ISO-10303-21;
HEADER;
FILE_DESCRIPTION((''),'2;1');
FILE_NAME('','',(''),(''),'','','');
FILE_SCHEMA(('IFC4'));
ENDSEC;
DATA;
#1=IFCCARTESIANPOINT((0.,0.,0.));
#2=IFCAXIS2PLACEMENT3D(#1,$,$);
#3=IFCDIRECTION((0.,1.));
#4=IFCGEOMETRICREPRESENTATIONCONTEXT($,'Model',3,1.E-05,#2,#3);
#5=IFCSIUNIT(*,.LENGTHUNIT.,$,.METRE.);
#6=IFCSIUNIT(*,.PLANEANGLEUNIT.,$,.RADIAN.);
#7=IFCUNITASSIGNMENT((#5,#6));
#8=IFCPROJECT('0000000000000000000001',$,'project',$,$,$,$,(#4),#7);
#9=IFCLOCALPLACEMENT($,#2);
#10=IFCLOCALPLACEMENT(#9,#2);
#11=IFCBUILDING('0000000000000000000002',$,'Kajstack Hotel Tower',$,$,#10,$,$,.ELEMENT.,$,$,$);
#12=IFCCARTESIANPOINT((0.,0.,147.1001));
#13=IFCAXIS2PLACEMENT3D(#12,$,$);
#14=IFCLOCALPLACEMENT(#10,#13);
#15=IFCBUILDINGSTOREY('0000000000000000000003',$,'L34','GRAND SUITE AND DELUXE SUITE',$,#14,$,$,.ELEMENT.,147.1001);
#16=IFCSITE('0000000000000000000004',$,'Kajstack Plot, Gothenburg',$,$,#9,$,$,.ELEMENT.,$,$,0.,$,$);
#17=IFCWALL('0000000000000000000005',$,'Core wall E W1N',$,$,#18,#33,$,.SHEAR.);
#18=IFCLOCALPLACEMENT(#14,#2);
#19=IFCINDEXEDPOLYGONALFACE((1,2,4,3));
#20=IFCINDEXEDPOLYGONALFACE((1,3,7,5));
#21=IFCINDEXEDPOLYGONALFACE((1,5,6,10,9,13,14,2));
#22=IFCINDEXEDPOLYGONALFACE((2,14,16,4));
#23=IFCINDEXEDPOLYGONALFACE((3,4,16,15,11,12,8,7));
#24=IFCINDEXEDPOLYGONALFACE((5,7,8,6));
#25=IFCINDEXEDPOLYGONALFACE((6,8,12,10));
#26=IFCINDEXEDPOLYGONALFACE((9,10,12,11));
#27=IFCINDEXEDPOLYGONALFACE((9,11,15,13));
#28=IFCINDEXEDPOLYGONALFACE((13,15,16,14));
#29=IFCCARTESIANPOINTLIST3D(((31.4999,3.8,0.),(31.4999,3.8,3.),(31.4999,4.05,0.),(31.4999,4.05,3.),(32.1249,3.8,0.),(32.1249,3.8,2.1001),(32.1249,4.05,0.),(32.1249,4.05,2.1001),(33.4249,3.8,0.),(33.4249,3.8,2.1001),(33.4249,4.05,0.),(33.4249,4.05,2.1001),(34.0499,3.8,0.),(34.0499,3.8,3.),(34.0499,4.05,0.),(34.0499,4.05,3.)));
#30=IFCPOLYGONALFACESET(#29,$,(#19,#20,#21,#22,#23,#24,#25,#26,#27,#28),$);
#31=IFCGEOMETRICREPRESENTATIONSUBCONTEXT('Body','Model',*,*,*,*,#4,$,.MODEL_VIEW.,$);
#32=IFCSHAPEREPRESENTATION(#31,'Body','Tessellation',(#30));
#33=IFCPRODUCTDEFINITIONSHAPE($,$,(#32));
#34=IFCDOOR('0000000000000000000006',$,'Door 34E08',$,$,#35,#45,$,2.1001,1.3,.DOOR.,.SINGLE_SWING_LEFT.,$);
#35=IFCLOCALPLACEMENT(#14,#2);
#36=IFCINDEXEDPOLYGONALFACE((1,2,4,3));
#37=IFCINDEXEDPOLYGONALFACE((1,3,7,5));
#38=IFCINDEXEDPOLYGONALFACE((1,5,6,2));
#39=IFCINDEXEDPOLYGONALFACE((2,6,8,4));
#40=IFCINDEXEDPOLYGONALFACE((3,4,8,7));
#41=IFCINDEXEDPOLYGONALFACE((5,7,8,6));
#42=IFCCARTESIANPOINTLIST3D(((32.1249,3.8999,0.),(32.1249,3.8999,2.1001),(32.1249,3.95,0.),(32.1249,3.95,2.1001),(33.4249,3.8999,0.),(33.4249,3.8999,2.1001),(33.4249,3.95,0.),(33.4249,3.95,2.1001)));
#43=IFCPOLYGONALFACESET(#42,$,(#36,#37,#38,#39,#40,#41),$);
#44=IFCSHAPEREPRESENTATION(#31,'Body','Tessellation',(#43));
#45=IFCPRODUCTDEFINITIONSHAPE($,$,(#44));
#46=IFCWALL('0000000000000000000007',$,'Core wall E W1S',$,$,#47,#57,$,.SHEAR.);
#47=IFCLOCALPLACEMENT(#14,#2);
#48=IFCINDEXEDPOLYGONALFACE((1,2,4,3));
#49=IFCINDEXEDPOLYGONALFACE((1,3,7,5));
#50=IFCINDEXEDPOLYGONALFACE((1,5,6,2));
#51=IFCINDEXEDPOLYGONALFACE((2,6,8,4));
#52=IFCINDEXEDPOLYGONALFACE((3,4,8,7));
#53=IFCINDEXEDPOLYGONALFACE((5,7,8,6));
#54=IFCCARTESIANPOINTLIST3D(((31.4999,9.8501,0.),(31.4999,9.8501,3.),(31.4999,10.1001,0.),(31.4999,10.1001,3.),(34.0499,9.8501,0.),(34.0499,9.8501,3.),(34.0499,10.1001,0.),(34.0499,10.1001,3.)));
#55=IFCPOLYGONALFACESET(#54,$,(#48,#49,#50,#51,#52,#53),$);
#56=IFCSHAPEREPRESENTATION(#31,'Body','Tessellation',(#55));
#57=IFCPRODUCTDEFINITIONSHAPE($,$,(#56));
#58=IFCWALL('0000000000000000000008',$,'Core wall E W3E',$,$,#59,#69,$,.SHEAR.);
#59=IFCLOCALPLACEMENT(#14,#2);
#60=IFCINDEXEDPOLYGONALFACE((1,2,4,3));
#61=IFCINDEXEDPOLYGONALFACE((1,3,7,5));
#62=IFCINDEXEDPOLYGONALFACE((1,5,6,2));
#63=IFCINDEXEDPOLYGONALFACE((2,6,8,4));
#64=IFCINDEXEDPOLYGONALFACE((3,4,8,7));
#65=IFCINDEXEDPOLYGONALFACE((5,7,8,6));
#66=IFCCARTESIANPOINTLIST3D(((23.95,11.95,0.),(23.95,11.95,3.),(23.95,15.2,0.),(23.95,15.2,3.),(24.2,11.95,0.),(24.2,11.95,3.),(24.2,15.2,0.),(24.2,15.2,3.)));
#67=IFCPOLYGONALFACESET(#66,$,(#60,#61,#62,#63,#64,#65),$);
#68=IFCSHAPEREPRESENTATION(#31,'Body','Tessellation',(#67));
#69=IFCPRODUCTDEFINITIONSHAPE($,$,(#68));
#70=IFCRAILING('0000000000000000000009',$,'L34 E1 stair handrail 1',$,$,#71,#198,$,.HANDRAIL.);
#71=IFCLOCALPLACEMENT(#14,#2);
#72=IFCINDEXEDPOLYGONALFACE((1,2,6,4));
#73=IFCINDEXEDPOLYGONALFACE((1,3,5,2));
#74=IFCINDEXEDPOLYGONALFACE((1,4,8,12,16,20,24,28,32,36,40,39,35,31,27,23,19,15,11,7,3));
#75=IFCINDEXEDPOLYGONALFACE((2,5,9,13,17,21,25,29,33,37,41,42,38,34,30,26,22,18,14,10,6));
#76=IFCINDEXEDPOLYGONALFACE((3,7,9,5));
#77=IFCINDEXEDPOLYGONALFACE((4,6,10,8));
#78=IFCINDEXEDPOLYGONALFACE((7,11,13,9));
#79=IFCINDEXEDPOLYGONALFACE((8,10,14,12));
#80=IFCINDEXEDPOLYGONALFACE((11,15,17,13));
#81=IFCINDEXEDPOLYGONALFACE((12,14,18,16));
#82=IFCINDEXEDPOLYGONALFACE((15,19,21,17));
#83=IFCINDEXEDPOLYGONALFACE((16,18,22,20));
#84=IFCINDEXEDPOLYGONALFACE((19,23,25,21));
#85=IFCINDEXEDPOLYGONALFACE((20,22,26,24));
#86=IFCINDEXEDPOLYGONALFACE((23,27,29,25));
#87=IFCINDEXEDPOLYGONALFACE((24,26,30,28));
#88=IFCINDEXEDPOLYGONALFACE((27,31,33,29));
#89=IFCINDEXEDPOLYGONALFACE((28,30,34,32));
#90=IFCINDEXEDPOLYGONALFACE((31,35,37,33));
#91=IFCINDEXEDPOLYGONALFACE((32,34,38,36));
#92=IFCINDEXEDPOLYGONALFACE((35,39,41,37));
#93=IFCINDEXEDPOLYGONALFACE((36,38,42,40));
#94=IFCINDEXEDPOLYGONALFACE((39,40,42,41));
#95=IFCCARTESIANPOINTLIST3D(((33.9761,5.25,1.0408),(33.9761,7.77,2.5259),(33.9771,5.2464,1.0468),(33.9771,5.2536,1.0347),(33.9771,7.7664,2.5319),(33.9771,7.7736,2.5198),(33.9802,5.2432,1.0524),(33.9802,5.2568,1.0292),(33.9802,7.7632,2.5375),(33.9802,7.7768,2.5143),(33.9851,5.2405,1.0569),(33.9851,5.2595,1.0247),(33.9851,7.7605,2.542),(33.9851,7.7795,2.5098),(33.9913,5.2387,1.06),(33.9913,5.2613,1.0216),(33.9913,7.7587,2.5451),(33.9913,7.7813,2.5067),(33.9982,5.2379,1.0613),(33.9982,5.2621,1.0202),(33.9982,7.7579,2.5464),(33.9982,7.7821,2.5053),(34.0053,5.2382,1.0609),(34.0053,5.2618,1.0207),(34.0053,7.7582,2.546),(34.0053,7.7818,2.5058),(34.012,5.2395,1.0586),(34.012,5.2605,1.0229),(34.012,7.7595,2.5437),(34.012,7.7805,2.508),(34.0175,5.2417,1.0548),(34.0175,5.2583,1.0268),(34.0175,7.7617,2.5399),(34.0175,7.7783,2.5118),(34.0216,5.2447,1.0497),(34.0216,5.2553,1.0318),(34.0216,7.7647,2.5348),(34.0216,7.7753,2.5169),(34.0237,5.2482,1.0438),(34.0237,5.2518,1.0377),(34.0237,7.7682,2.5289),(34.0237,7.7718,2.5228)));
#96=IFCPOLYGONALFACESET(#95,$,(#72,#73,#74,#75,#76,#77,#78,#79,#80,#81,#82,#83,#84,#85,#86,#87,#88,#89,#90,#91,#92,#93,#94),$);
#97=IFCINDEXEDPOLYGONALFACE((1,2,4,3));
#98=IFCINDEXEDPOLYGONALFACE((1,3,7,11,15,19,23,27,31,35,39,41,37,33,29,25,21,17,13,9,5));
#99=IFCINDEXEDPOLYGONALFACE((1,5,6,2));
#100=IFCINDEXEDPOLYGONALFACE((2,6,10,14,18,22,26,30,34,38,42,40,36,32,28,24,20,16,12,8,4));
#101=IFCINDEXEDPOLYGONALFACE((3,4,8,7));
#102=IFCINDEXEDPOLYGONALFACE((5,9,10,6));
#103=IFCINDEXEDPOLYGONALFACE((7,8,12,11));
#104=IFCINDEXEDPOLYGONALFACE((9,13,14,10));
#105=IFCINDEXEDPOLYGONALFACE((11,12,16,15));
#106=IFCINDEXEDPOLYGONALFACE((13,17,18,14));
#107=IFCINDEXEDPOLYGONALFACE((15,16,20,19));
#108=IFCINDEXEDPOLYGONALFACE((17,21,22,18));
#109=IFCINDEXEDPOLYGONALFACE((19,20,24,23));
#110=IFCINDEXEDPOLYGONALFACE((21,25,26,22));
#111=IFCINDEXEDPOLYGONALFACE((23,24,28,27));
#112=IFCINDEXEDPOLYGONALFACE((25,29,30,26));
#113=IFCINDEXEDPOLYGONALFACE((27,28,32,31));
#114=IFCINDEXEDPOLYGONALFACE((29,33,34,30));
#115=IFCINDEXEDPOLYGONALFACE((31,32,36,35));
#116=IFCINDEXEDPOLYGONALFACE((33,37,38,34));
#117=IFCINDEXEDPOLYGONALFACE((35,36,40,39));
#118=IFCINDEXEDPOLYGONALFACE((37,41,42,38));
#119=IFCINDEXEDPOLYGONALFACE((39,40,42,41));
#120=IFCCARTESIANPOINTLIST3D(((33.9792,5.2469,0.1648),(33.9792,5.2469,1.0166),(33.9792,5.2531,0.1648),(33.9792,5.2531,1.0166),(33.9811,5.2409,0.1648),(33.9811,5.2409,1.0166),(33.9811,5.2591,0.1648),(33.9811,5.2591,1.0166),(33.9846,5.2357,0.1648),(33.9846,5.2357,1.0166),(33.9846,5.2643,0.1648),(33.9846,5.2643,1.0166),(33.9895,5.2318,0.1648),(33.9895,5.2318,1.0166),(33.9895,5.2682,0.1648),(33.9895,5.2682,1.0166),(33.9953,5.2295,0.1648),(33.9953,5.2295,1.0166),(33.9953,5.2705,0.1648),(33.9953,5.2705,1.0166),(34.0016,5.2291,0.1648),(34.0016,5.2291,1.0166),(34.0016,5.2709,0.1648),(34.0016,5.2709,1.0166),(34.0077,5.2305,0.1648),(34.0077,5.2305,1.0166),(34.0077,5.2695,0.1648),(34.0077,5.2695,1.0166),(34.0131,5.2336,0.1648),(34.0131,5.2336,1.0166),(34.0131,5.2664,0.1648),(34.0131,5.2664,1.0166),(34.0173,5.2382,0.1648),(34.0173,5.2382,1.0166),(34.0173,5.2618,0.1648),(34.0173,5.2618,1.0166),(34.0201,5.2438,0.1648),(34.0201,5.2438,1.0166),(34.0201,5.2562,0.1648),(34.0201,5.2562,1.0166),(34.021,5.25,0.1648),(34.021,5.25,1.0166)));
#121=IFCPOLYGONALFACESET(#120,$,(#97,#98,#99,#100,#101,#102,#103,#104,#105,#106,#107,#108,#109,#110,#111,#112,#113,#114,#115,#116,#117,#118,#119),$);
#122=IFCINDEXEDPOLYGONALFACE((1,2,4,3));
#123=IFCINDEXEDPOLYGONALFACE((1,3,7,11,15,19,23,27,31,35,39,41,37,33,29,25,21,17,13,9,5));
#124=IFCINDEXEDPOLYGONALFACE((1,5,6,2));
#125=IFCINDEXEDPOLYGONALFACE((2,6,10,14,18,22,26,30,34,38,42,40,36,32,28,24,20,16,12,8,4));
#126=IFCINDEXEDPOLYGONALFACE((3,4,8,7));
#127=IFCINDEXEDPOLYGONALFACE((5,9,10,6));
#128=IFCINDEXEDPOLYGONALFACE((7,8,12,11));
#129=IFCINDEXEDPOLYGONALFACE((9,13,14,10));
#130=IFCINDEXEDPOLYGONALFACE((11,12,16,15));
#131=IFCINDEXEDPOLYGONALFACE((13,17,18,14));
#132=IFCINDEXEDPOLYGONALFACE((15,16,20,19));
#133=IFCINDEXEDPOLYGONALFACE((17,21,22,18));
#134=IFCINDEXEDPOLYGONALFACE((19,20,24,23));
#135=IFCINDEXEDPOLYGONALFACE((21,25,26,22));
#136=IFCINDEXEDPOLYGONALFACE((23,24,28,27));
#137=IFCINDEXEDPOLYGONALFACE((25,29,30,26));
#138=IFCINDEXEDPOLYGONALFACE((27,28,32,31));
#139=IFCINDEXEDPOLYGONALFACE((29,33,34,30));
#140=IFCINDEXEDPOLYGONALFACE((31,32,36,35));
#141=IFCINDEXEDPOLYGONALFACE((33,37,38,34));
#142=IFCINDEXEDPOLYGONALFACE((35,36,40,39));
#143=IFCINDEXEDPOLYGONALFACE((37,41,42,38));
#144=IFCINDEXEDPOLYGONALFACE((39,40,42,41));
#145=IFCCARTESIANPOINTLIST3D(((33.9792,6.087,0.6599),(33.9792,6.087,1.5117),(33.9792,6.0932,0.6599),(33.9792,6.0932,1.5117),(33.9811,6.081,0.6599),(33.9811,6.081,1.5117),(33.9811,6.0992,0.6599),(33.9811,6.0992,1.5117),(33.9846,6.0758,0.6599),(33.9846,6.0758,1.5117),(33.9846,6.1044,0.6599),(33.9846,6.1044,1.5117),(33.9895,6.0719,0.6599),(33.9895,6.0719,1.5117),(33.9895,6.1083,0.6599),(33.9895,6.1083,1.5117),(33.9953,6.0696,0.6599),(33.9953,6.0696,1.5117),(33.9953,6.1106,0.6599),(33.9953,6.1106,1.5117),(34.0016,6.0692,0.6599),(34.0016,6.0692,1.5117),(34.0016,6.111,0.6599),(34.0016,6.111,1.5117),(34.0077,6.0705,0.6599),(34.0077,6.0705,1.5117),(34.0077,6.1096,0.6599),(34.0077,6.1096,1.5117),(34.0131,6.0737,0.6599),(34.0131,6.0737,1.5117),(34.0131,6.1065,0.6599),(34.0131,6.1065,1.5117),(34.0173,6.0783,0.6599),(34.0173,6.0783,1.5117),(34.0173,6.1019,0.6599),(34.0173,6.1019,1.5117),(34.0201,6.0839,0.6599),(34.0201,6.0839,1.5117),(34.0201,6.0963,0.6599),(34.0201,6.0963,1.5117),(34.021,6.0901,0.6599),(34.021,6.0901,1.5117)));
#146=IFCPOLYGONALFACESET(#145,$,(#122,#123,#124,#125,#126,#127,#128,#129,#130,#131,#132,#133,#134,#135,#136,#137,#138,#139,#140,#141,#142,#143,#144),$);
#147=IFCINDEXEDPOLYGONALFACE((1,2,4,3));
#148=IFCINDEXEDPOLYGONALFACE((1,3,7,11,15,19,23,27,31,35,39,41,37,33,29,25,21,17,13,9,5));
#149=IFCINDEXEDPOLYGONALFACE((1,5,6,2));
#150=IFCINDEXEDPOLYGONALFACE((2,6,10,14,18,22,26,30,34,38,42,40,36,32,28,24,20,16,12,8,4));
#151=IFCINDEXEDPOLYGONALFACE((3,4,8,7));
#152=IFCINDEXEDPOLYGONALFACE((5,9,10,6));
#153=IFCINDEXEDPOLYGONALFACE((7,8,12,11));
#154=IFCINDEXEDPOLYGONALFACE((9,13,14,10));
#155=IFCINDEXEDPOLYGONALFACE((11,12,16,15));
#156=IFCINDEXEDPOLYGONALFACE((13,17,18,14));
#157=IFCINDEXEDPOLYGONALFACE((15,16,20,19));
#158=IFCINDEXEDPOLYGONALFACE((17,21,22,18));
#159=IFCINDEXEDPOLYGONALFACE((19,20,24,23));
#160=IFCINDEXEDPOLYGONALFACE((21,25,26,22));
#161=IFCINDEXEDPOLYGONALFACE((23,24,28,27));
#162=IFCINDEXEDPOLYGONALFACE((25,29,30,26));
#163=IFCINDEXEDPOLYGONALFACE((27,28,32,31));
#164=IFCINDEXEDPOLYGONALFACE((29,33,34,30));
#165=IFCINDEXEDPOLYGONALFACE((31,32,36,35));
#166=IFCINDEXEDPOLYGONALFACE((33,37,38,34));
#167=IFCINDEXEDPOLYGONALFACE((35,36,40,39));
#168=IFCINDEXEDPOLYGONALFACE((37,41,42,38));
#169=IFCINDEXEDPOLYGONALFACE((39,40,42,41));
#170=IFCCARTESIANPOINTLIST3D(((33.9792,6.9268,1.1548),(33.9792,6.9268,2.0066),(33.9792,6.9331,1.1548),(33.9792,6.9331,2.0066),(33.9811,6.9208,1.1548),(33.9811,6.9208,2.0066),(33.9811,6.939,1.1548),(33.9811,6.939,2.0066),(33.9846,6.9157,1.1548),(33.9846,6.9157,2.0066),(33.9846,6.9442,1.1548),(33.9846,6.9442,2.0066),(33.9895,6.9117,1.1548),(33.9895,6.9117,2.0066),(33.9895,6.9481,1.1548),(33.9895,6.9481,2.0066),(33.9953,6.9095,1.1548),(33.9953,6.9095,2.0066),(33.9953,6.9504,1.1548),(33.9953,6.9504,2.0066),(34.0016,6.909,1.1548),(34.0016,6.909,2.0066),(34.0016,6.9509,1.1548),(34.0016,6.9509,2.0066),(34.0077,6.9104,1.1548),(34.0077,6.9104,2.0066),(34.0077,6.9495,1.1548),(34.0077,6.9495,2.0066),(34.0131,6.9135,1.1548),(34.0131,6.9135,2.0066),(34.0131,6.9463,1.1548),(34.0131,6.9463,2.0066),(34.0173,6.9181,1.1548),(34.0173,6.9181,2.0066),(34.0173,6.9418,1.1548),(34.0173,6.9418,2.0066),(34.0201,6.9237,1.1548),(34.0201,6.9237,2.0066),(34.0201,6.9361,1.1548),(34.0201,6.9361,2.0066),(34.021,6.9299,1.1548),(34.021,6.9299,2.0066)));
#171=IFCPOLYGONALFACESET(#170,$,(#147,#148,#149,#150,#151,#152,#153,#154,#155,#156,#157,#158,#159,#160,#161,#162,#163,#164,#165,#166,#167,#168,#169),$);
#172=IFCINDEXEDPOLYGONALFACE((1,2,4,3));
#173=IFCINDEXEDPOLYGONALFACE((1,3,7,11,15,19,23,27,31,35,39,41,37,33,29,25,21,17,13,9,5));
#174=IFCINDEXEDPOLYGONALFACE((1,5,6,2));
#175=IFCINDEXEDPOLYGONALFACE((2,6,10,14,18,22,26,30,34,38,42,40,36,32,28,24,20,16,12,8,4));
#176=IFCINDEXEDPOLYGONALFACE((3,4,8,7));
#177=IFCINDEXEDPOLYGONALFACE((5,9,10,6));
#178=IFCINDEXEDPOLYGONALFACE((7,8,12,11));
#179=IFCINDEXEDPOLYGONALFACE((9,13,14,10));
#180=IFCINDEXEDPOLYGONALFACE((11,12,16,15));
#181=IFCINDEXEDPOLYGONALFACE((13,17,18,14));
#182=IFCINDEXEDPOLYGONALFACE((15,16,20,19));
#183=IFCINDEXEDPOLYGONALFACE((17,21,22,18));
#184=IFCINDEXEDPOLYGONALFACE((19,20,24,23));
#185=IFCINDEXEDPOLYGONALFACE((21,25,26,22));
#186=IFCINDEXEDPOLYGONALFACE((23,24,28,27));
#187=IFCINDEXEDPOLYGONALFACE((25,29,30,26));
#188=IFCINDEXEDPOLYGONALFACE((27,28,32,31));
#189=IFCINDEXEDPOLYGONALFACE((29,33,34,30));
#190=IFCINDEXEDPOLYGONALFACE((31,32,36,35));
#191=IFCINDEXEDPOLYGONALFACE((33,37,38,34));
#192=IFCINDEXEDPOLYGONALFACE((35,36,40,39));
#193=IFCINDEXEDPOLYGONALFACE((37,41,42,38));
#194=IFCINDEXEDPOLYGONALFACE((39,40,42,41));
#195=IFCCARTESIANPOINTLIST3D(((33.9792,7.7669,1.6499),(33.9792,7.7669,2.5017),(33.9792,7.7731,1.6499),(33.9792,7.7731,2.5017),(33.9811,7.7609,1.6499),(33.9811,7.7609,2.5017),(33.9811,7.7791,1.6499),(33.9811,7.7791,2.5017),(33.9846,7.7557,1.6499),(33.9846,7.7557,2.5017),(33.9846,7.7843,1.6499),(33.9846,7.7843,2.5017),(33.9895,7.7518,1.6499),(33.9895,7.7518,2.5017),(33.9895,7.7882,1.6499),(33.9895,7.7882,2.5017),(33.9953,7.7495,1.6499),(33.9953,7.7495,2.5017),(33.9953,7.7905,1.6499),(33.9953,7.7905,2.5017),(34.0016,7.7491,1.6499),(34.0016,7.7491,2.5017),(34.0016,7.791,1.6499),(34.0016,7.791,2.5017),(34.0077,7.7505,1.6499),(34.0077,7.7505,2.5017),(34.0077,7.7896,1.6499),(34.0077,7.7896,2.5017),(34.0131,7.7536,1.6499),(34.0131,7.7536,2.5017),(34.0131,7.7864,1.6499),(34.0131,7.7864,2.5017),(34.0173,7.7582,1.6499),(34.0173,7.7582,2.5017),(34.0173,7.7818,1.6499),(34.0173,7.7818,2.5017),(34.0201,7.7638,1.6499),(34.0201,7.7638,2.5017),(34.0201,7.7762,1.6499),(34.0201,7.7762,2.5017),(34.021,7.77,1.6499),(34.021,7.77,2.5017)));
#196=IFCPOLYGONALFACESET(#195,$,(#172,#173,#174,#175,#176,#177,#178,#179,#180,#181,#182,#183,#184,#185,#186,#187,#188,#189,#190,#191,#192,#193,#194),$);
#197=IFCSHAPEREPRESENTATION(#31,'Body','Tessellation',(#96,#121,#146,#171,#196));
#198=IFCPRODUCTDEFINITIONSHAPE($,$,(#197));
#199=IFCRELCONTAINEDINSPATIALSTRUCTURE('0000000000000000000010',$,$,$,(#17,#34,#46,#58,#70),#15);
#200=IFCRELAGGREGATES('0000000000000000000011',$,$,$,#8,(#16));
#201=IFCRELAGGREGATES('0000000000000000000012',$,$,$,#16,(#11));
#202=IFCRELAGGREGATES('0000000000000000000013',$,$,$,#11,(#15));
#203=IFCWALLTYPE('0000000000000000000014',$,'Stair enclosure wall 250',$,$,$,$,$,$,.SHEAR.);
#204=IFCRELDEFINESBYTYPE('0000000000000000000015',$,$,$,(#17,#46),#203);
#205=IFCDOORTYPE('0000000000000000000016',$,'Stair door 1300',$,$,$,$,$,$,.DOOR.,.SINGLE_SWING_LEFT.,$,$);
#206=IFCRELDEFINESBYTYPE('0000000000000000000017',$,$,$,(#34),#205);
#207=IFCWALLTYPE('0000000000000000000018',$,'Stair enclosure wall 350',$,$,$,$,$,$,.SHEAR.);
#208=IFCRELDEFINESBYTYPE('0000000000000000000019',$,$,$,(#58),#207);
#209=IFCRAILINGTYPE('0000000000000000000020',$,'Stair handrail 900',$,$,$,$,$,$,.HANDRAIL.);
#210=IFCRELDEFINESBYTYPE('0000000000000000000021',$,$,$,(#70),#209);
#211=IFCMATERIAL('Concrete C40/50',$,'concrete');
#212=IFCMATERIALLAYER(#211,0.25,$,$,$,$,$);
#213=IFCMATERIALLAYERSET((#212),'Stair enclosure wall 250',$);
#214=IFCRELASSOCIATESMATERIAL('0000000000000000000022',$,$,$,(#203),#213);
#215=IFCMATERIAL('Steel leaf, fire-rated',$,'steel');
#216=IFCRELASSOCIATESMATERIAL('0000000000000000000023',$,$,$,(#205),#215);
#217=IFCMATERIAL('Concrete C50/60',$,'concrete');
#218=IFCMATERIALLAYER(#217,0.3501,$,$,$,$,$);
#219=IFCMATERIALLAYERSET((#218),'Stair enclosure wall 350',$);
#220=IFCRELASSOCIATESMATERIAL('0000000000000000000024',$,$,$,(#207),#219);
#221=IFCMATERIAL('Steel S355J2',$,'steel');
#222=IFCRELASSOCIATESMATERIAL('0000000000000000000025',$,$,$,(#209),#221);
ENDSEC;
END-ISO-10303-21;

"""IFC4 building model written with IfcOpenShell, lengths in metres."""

from ifc_helpers import new_model, si_unit, direction, frame, frame_2d, origin, origin_2d, place, context, subcontext, project, spatial, rectangle, circle, extrude, material, layer, layer_set, type_object, element, fill, save


model = new_model("IFC4")

# Units and contexts
model_context = context("Model", 3, precision=1e-05, world=origin(), true_north=direction((0.0, 1.0)))
body_context = subcontext(model_context, "Body", "Model", "MODEL_VIEW")
ifc_project = project(units=[si_unit("LENGTHUNIT", "METRE"), si_unit("PLANEANGLEUNIT", "RADIAN")], contexts=[model_context])

# Site, building, storey
site_placement = place(None, origin())
site = spatial("IfcSite", under=ifc_project, at=site_placement, Name="Kajstack Plot, Gothenburg", CompositionType="ELEMENT", RefElevation=0.0)
building_placement = place(site_placement, origin())
building = spatial("IfcBuilding", under=site, at=building_placement, Name="Kajstack Hotel Tower", CompositionType="ELEMENT")
storey_placement = place(building_placement, frame((0.0, 0.0, 147.1001)))
storey = spatial("IfcBuildingStorey", under=building, at=storey_placement, Name="L34", Description="GRAND SUITE AND DELUXE SUITE", CompositionType="ELEMENT", Elevation=147.1001)

# Shared definitions
ifc_material_1 = material(Name="Concrete C40/50", Category="concrete")
ifc_material_2 = material(Name="Concrete C50/60", Category="concrete")

# Wall, opening, door
ifc_layer_1 = layer(ifc_material_1, 0.25)
ifc_layer_set_1 = layer_set([ifc_layer_1], Name="Stair enclosure wall 250")
wall_type_1 = type_object("IfcWallType", Name="Stair enclosure wall 250", PredefinedType="SHEAR", material=ifc_layer_set_1)
wall_1_placement = place(storey_placement, frame((31.5, 3.925, 0.0), z_axis=(0.0, 0.0, 1.0), x_axis=(1.0, 0.0, 0.0)))
wall_1 = element("IfcWall", 1, at=wall_1_placement, inside=storey, type_object=wall_type_1, Name="Core wall E W1N", PredefinedType="SHEAR", context=body_context, shape_type="SweptSolid", body=[
    extrude(rectangle(XDim=2.55, YDim=0.25, at=frame_2d((1.2749, 0.0))), origin(), (0.0, 0.0, 1.0), 3.0),
])
opening_1_placement = place(wall_1_placement, frame((0.625, 0.0, 0.0)))
opening_1 = element("IfcOpeningElement", 2, at=opening_1_placement, cuts=wall_1, PredefinedType="OPENING", context=body_context, shape_type="SweptSolid", body=[
    extrude(rectangle(XDim=1.3, YDim=2.1001, at=frame_2d((0.6499, 1.05))), frame((0.0, 0.135, 0.0), z_axis=(0.0, -1.0, 0.0), x_axis=(1.0, 0.0, 0.0)), (0.0, 0.0, 1.0), 0.27),
])
ifc_material_3 = material(Name="Steel leaf, fire-rated", Category="steel")
door_type_1 = type_object("IfcDoorType", Name="Stair door 1300", OperationType="SINGLE_SWING_LEFT", PredefinedType="DOOR", material=ifc_material_3)
door_1_placement = place(opening_1_placement, origin())
door_1 = element("IfcDoor", 3, at=door_1_placement, inside=storey, type_object=door_type_1, Name="Door 34E08", OperationType="SINGLE_SWING_LEFT", OverallHeight=2.1001, OverallWidth=1.3, PredefinedType="DOOR", context=body_context, shape_type="SweptSolid", body=[
    extrude(rectangle(XDim=1.3, YDim=2.1001, at=frame_2d((0.6499, 1.05))), frame((0.0, 0.0249, 0.0), z_axis=(0.0, -1.0, 0.0), x_axis=(1.0, 0.0, 0.0)), (0.0, 0.0, 1.0), 0.05),
])
fill(opening_1, door_1)

# Walls
wall_2_placement = place(storey_placement, frame((31.5, 9.9751, 0.0), z_axis=(0.0, 0.0, 1.0), x_axis=(1.0, 0.0, 0.0)))
element("IfcWall", 4, at=wall_2_placement, inside=storey, type_object=wall_type_1, Name="Core wall E W1S", PredefinedType="SHEAR", context=body_context, shape_type="SweptSolid", body=[
    extrude(rectangle(XDim=2.55, YDim=0.25, at=frame_2d((1.2749, 0.0))), origin(), (0.0, 0.0, 1.0), 3.0),
])
ifc_layer_2 = layer(ifc_material_2, 0.3501)
ifc_layer_set_2 = layer_set([ifc_layer_2], Name="Stair enclosure wall 350")
wall_type_2 = type_object("IfcWallType", Name="Stair enclosure wall 350", PredefinedType="SHEAR", material=ifc_layer_set_2)
wall_3_placement = place(storey_placement, frame((24.075, 11.95, 0.0), z_axis=(0.0, 0.0, 1.0), x_axis=(0.0, 1.0, 0.0)))
element("IfcWall", 5, at=wall_3_placement, inside=storey, type_object=wall_type_2, Name="Core wall E W3E", PredefinedType="SHEAR", context=body_context, shape_type="SweptSolid", body=[
    extrude(rectangle(XDim=3.25, YDim=0.25, at=frame_2d((1.625, 0.0))), origin(), (0.0, 0.0, 1.0), 3.0),
])

# Railing
ifc_material_4 = material(Name="Steel S355J2", Category="steel")
railing_type_1 = type_object("IfcRailingType", Name="Stair handrail 900", PredefinedType="HANDRAIL", material=ifc_material_4)
railing_1_placement = place(storey_placement, frame((34.0, 5.25, 0.1648)))
element("IfcRailing", 6, at=railing_1_placement, inside=storey, type_object=railing_type_1, Name="L34 E1 stair handrail 1", PredefinedType="HANDRAIL", context=body_context, shape_type="SweptSolid", body=[
    extrude(circle(Radius=0.0239, at=origin_2d()), frame((0.0, 0.0, 0.876), z_axis=(0.0, 0.861524, 0.507717), x_axis=(-1.0, 0.0, 0.0)), (0.0, 0.0, 1.0), 2.925),
    extrude(circle(Radius=0.021, at=origin_2d()), origin(), (0.0, 0.0, 1.0), 0.8518),
    extrude(circle(Radius=0.021, at=origin_2d()), frame((0.0, 0.8401, 0.4951)), (0.0, 0.0, 1.0), 0.8518),
    extrude(circle(Radius=0.021, at=origin_2d()), frame((0.0, 1.6799, 0.99)), (0.0, 0.0, 1.0), 0.8518),
    extrude(circle(Radius=0.021, at=origin_2d()), frame((0.0, 2.52, 1.4851)), (0.0, 0.0, 1.0), 0.8518),
])

save(model, "model.ifc")
